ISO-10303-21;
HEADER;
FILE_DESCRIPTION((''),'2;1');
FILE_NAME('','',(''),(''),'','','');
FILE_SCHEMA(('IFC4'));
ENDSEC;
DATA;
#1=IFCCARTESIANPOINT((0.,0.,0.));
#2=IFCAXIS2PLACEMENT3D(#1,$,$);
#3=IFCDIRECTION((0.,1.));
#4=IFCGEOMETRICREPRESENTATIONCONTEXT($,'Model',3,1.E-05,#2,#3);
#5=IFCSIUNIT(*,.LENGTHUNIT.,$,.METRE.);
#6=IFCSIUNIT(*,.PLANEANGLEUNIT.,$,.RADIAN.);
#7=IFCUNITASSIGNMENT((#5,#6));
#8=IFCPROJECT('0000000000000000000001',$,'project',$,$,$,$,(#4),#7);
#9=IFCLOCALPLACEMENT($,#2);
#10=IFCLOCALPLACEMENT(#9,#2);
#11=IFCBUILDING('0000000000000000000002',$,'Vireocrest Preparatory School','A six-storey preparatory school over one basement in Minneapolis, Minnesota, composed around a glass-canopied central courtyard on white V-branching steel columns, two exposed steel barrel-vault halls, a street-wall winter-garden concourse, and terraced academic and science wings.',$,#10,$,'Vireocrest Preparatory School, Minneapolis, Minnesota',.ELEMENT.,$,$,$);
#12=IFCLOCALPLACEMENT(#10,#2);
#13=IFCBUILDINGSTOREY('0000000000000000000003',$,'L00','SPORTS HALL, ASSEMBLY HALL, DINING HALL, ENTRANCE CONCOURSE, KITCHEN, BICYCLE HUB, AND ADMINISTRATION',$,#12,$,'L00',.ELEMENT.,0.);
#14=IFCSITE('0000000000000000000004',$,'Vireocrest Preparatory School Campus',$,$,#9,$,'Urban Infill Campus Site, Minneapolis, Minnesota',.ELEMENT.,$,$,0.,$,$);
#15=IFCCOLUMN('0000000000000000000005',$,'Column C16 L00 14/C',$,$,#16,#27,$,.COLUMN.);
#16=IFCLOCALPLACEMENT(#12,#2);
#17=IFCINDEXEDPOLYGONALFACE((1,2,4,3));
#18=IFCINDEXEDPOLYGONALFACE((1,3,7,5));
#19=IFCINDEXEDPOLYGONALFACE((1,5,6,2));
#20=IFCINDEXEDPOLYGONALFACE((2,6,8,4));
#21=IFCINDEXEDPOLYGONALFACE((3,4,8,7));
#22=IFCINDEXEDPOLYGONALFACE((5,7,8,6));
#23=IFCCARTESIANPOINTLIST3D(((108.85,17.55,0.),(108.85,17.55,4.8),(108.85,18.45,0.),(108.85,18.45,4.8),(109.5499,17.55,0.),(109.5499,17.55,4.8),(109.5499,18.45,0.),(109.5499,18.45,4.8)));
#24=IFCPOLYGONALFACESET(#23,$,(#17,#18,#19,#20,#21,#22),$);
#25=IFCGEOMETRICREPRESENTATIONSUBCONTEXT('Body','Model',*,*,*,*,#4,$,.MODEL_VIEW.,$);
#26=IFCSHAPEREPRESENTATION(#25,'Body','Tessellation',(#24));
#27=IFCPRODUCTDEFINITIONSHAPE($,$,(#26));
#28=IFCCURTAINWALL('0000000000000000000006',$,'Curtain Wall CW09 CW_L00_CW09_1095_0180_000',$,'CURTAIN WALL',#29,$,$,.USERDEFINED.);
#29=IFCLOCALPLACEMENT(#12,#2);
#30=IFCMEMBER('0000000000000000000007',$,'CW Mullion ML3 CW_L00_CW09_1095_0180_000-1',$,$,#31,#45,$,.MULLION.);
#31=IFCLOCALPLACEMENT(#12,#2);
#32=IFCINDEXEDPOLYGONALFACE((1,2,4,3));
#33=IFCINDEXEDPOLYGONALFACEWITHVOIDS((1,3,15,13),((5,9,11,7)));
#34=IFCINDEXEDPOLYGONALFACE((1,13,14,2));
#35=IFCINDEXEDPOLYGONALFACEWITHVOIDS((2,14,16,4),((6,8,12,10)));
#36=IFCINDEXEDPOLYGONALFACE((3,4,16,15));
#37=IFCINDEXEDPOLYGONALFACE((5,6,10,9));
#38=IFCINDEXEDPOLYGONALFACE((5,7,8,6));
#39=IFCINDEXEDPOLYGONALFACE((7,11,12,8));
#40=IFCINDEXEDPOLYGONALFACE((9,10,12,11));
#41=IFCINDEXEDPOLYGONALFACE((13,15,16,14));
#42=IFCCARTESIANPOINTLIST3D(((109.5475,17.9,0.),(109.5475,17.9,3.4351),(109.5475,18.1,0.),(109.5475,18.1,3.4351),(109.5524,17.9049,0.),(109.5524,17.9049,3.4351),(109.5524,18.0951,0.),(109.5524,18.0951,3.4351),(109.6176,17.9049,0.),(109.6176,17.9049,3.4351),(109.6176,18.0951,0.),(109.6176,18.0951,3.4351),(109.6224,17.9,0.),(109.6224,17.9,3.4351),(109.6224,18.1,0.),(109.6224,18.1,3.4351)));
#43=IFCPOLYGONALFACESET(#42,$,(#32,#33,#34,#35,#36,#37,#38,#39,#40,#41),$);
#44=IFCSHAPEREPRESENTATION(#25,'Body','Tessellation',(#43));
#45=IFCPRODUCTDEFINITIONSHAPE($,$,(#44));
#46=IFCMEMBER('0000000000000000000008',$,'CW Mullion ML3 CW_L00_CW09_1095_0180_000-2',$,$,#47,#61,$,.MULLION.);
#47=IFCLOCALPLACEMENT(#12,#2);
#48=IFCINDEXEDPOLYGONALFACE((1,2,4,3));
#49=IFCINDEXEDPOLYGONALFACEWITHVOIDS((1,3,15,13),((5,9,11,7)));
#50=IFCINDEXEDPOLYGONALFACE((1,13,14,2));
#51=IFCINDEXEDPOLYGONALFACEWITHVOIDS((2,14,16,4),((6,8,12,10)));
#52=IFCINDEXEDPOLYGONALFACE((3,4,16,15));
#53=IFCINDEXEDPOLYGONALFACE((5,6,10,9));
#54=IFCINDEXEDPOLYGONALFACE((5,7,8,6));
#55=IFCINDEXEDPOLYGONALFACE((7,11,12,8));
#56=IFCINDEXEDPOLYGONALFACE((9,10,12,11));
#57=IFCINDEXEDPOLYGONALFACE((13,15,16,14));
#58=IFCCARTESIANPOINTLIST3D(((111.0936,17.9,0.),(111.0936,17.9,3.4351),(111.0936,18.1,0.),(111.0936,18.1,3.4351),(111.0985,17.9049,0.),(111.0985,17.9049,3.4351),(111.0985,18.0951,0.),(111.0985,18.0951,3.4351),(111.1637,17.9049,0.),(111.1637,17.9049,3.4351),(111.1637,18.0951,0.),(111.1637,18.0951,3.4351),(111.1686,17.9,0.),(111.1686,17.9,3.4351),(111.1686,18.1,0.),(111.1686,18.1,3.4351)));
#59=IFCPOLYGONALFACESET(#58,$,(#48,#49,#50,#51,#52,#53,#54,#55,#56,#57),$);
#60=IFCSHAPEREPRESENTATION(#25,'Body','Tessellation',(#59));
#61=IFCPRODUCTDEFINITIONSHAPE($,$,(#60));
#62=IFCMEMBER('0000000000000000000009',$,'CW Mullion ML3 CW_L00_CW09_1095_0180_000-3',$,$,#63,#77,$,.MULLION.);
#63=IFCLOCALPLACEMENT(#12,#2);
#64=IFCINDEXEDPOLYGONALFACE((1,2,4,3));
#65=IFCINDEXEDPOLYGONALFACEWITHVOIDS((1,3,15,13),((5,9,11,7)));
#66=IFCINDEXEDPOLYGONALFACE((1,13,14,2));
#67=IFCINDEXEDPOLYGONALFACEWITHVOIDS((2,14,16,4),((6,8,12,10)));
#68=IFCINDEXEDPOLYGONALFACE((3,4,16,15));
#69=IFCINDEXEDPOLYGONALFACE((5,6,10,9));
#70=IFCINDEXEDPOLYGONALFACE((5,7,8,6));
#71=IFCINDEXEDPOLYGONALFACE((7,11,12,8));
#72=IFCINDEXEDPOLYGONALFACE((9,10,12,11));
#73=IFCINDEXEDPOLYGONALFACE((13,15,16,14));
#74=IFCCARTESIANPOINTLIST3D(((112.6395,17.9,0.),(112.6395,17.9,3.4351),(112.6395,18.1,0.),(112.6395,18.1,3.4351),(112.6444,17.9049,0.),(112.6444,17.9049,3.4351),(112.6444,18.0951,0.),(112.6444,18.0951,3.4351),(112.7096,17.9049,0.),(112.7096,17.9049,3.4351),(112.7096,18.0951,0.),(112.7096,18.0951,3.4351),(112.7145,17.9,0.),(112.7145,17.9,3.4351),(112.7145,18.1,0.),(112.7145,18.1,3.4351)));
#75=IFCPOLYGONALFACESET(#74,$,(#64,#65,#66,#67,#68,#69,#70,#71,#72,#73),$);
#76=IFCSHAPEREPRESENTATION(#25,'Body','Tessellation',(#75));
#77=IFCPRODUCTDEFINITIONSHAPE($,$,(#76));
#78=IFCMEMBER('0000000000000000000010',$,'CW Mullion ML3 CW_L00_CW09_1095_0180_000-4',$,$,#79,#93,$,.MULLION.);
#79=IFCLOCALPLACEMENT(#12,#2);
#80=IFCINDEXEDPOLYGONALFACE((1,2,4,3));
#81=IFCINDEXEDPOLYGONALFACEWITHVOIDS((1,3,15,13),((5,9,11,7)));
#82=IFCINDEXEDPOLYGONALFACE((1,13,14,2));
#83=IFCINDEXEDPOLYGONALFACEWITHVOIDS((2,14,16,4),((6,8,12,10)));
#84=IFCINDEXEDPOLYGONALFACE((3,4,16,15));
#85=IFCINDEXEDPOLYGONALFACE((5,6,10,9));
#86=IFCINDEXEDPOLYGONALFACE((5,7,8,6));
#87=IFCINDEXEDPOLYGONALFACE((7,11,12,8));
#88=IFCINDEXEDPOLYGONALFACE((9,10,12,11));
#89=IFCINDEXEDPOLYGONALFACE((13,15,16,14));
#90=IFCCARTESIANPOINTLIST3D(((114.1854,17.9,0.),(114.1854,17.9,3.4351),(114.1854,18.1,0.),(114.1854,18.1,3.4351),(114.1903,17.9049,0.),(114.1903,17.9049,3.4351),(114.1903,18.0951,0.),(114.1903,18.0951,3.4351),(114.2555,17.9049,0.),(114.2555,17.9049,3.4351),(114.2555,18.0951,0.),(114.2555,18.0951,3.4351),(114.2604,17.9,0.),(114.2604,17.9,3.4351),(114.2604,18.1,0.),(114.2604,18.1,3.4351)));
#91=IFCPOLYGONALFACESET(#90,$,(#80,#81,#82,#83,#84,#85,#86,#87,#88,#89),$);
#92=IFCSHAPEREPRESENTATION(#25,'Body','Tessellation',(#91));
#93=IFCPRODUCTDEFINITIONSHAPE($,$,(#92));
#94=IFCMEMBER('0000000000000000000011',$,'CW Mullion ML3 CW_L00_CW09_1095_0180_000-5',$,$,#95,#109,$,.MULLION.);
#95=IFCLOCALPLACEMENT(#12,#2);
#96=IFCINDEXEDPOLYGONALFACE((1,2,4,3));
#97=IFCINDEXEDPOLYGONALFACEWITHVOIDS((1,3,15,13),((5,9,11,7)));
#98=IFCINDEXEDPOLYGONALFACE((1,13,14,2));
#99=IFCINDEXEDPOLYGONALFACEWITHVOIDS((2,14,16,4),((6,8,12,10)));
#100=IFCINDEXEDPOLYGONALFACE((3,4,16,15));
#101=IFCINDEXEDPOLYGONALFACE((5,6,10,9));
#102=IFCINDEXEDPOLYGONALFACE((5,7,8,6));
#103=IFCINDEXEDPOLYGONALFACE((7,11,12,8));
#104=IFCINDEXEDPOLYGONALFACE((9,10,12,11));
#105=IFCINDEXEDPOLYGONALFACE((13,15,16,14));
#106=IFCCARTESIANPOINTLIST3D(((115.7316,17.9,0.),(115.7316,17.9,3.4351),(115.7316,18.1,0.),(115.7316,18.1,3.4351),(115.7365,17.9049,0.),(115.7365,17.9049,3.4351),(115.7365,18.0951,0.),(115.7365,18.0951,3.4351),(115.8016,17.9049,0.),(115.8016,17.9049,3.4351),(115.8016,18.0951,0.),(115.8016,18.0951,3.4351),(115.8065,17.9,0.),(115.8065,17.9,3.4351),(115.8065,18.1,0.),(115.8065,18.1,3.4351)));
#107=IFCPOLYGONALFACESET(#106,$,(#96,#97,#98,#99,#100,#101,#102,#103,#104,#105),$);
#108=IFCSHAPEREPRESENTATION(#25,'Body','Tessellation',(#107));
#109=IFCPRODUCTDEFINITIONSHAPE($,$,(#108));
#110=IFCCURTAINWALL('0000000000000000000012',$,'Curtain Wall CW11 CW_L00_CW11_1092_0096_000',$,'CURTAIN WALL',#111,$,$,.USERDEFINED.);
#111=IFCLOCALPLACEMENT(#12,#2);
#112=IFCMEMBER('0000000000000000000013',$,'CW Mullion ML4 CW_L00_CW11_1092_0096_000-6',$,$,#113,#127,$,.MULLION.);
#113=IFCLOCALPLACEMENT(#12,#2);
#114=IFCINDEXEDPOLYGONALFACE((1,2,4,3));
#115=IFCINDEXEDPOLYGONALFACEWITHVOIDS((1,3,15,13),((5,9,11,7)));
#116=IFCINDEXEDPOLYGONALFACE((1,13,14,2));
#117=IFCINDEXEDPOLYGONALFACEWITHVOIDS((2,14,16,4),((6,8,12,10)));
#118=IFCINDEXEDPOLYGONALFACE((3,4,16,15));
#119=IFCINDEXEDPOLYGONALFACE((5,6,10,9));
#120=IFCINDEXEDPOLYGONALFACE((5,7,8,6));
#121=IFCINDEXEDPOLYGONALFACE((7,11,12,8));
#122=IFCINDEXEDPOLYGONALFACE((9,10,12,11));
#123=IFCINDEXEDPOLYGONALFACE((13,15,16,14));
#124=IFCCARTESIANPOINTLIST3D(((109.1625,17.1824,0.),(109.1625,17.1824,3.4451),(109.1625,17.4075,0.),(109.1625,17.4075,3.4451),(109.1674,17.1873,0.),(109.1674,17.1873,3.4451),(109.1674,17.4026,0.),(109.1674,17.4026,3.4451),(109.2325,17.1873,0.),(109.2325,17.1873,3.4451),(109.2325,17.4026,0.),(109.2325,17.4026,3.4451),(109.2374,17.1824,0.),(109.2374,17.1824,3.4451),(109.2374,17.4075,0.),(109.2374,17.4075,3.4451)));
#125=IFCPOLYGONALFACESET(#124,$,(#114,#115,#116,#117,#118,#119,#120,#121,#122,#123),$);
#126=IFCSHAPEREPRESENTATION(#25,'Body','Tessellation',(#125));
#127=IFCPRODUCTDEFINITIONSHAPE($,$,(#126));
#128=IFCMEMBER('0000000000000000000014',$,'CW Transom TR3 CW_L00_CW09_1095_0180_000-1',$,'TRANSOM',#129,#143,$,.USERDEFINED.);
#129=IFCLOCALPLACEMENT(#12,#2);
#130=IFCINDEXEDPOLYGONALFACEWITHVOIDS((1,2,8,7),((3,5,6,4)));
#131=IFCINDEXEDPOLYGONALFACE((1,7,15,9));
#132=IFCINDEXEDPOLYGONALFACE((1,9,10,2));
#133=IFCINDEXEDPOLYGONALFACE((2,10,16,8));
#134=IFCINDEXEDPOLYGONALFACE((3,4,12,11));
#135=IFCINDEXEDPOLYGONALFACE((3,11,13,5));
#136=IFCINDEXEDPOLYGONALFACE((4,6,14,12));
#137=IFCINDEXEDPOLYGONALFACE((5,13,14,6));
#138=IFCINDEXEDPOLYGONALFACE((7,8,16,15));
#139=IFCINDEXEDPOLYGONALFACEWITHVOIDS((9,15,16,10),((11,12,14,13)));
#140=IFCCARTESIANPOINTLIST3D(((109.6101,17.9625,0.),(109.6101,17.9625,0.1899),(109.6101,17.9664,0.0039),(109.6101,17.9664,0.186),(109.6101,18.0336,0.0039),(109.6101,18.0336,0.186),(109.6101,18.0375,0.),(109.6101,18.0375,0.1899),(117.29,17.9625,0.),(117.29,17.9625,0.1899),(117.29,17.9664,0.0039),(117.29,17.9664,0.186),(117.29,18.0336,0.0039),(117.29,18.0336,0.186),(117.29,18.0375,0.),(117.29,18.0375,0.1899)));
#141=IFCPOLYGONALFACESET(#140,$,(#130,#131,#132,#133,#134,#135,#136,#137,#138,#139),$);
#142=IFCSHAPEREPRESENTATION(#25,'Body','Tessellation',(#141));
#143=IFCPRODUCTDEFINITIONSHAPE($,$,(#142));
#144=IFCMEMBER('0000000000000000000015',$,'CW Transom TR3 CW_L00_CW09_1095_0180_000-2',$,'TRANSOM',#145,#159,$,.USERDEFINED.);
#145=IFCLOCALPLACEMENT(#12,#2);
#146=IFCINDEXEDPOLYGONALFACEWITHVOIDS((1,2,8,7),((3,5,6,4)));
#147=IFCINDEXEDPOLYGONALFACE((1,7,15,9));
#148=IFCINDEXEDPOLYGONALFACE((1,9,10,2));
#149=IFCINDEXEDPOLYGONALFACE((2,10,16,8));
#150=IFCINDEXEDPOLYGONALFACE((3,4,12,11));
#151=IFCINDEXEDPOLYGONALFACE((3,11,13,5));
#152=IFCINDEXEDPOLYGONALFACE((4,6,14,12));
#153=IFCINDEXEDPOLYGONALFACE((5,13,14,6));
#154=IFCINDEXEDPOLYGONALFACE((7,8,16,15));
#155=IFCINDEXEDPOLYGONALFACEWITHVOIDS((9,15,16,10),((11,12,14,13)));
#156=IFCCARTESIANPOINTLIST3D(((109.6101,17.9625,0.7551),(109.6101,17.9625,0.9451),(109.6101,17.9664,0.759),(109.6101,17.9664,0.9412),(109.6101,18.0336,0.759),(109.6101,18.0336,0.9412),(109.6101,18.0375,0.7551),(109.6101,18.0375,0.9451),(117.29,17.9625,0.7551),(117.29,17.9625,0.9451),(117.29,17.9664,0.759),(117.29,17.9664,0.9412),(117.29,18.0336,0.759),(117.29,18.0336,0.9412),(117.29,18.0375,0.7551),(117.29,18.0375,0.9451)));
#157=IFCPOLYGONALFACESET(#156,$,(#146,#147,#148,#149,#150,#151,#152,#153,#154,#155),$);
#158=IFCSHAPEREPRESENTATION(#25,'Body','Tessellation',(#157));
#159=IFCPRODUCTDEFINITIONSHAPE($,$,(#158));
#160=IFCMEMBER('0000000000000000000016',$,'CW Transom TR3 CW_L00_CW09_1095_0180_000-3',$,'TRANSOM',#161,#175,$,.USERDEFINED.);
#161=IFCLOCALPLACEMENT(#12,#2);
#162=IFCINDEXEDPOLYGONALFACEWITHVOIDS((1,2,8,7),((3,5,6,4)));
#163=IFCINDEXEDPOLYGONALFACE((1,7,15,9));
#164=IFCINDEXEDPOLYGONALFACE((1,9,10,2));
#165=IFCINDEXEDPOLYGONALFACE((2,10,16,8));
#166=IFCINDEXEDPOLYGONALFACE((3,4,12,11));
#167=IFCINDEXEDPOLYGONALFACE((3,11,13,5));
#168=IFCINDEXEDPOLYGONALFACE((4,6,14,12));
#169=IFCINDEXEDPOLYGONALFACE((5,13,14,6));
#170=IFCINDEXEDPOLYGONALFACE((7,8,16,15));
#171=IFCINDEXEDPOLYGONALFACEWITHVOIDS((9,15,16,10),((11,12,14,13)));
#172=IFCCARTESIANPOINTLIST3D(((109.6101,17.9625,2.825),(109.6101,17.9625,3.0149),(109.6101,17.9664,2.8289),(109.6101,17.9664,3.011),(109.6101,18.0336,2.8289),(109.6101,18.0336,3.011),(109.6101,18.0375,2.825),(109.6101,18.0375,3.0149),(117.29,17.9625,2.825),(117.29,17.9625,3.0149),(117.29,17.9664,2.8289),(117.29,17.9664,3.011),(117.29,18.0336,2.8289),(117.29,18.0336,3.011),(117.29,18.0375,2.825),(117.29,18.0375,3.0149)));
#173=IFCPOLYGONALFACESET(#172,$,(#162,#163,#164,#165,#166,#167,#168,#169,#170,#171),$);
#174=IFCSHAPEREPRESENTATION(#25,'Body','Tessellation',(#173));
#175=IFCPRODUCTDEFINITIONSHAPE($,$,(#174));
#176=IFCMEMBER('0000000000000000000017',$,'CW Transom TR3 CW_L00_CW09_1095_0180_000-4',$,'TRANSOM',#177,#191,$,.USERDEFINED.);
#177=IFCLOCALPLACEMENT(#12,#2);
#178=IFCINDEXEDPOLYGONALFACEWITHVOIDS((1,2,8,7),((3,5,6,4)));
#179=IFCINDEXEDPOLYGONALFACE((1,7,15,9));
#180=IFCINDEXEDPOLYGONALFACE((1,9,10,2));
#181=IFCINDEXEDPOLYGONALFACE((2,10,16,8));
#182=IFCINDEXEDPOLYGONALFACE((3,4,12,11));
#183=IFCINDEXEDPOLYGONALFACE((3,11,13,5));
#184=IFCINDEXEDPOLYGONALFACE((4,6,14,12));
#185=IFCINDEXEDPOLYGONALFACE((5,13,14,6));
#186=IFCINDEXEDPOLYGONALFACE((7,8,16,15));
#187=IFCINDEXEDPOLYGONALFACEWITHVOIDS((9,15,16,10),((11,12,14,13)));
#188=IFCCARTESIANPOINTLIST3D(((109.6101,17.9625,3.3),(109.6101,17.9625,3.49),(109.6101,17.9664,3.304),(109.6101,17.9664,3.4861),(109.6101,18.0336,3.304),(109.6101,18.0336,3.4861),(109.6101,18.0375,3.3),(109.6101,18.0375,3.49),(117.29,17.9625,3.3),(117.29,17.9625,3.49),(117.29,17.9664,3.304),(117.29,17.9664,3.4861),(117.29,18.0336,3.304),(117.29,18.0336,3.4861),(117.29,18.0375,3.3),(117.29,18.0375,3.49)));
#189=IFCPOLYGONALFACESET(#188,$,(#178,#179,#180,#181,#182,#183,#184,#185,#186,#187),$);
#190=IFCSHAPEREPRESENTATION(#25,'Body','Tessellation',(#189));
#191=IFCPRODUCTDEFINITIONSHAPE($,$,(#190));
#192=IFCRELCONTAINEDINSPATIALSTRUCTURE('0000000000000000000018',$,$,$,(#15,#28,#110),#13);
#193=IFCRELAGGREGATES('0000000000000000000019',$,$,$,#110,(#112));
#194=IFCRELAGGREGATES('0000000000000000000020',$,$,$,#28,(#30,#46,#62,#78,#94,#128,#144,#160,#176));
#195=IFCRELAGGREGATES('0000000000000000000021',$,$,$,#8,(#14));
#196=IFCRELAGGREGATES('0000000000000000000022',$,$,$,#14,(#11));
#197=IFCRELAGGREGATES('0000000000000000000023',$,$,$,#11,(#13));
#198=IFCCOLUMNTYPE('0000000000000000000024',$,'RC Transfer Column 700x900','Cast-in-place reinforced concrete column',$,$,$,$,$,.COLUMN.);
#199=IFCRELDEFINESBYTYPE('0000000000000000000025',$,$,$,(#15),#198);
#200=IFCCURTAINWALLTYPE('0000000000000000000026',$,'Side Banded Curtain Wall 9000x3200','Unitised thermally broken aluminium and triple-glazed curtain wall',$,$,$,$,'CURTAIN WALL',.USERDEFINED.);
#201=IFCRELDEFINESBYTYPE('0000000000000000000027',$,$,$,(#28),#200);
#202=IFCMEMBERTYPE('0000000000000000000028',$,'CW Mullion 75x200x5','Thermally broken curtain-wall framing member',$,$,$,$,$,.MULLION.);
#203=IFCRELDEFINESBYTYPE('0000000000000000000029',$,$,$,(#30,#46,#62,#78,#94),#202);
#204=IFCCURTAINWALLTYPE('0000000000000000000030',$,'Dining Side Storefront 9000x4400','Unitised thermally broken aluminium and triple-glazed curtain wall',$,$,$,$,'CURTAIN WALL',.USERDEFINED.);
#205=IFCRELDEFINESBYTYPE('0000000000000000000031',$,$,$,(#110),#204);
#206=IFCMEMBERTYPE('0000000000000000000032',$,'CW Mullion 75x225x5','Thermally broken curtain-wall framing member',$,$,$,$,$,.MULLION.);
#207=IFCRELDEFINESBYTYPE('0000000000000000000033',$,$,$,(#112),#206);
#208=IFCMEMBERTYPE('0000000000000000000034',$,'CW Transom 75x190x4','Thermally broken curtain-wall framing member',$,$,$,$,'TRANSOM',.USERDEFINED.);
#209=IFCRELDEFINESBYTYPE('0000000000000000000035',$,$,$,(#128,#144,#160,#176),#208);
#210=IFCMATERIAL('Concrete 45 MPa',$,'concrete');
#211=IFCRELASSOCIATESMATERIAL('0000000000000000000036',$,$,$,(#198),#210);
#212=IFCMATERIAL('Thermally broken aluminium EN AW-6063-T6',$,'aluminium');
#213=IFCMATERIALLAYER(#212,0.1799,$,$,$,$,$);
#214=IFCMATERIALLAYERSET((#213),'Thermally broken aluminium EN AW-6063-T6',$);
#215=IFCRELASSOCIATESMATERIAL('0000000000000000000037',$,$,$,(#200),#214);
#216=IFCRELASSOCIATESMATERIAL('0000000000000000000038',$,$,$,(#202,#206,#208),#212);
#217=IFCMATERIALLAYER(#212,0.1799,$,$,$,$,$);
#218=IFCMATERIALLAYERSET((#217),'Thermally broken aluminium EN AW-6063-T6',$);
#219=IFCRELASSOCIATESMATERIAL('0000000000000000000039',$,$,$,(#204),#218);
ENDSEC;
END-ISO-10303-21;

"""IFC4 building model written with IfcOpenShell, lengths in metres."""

from ifc_helpers import new_model, si_unit, direction, frame, origin, origin_2d, place, context, subcontext, project, spatial, rectangle, hollow_rectangle, extrude, material, layer, layer_set, material_profile, profile_set, type_object, element, aggregate, save


model = new_model("IFC4")

# Units and contexts
model_context = context("Model", 3, precision=1e-05, world=origin(), true_north=direction((0.0, 1.0)))
body_context = subcontext(model_context, "Body", "Model", "MODEL_VIEW")
ifc_project = project(units=[si_unit("LENGTHUNIT", "METRE"), si_unit("PLANEANGLEUNIT", "RADIAN")], contexts=[model_context])

# Site, building, storey
site_placement = place(None, origin())
site = spatial("IfcSite", under=ifc_project, at=site_placement, Name="Vireocrest Preparatory School Campus", LongName="Urban Infill Campus Site, Minneapolis, Minnesota", CompositionType="ELEMENT", RefElevation=0.0)
building_placement = place(site_placement, origin())
building = spatial("IfcBuilding", under=site, at=building_placement, Name="Vireocrest Preparatory School", Description="A six-storey preparatory school over one basement in Minneapolis, Minnesota, composed around a glass-canopied central courtyard on white V-branching steel columns, two exposed steel barrel-vault halls, a street-wall winter-garden concourse, and terraced academic and science wings.", LongName="Vireocrest Preparatory School, Minneapolis, Minnesota", CompositionType="ELEMENT")
storey_placement = place(building_placement, origin())
storey = spatial("IfcBuildingStorey", under=building, at=storey_placement, Name="L00", Description="SPORTS HALL, ASSEMBLY HALL, DINING HALL, ENTRANCE CONCOURSE, KITCHEN, BICYCLE HUB, AND ADMINISTRATION", LongName="L00", CompositionType="ELEMENT", Elevation=0.0)

# Column
ifc_material_1 = material(Name="Concrete 45 MPa", Category="concrete")
ifc_material_profile_1 = material_profile(ifc_material_1, rectangle(XDim=0.7, YDim=0.8999, at=origin_2d()), Name="RC 700x900")
ifc_profile_set_1 = profile_set([ifc_material_profile_1], Name="Concrete 45 MPa")
column_type = type_object("IfcColumnType", Name="RC Transfer Column 700x900", Description="Cast-in-place reinforced concrete column", PredefinedType="COLUMN", material=ifc_profile_set_1)
column_placement = place(storey_placement, frame((109.2, 18.0, 0.0), z_axis=(0.0, 0.0, 1.0), x_axis=(1.0, 0.0, 0.0)))
element("IfcColumn", 1, at=column_placement, inside=storey, type_object=column_type, Name="Column C16 L00 14/C", PredefinedType="COLUMN", context=body_context, shape_type="SweptSolid", body=[
    extrude(rectangle(XDim=0.7, YDim=0.8999, at=origin_2d()), origin(), (0.0, 0.0, 1.0), 4.8),
])

# Curtain wall, members
ifc_material_2 = material(Name="Thermally broken aluminium EN AW-6063-T6", Category="aluminium")
ifc_layer_1 = layer(ifc_material_2, 0.1799)
ifc_layer_set_1 = layer_set([ifc_layer_1], Name="Thermally broken aluminium EN AW-6063-T6")
curtain_wall_type_1 = type_object("IfcCurtainWallType", Name="Side Banded Curtain Wall 9000x3200", Description="Unitised thermally broken aluminium and triple-glazed curtain wall", ElementType="CURTAIN WALL", PredefinedType="USERDEFINED", material=ifc_layer_set_1)
curtain_wall_1_placement = place(storey_placement, origin())
curtain_wall_1 = element("IfcCurtainWall", 2, at=curtain_wall_1_placement, inside=storey, type_object=curtain_wall_type_1, Name="Curtain Wall CW09 CW_L00_CW09_1095_0180_000", ObjectType="CURTAIN WALL", PredefinedType="USERDEFINED")
ifc_material_profile_2 = material_profile(ifc_material_2, hollow_rectangle(XDim=0.075, YDim=0.2, WallThickness=0.0049, at=origin_2d()), Name="ALU 75x200x5")
ifc_profile_set_2 = profile_set([ifc_material_profile_2], Name="Thermally broken aluminium EN AW-6063-T6")
member_type_1 = type_object("IfcMemberType", Name="CW Mullion 75x200x5", Description="Thermally broken curtain-wall framing member", PredefinedType="MULLION", material=ifc_profile_set_2)
member_1_placement = place(storey_placement, frame((109.585, 18.0, 0.0), z_axis=(0.0, 0.0, 1.0), x_axis=(1.0, 0.0, 0.0)))
member_1 = element("IfcMember", 3, at=member_1_placement, type_object=member_type_1, Name="CW Mullion ML3 CW_L00_CW09_1095_0180_000-1", PredefinedType="MULLION", context=body_context, shape_type="SweptSolid", body=[
    extrude(hollow_rectangle(XDim=0.075, YDim=0.2, WallThickness=0.0049, at=origin_2d()), origin(), (0.0, 0.0, 1.0), 3.4351),
])
member_2_placement = place(storey_placement, frame((111.1311, 18.0, 0.0), z_axis=(0.0, 0.0, 1.0), x_axis=(1.0, 0.0, 0.0)))
member_2 = element("IfcMember", 4, at=member_2_placement, type_object=member_type_1, Name="CW Mullion ML3 CW_L00_CW09_1095_0180_000-2", PredefinedType="MULLION", context=body_context, shape_type="SweptSolid", body=[
    extrude(hollow_rectangle(XDim=0.075, YDim=0.2, WallThickness=0.0049, at=origin_2d()), origin(), (0.0, 0.0, 1.0), 3.4351),
])
member_3_placement = place(storey_placement, frame((112.677, 18.0, 0.0), z_axis=(0.0, 0.0, 1.0), x_axis=(1.0, 0.0, 0.0)))
member_3 = element("IfcMember", 5, at=member_3_placement, type_object=member_type_1, Name="CW Mullion ML3 CW_L00_CW09_1095_0180_000-3", PredefinedType="MULLION", context=body_context, shape_type="SweptSolid", body=[
    extrude(hollow_rectangle(XDim=0.075, YDim=0.2, WallThickness=0.0049, at=origin_2d()), origin(), (0.0, 0.0, 1.0), 3.4351),
])
member_4_placement = place(storey_placement, frame((114.2229, 18.0, 0.0), z_axis=(0.0, 0.0, 1.0), x_axis=(1.0, 0.0, 0.0)))
member_4 = element("IfcMember", 6, at=member_4_placement, type_object=member_type_1, Name="CW Mullion ML3 CW_L00_CW09_1095_0180_000-4", PredefinedType="MULLION", context=body_context, shape_type="SweptSolid", body=[
    extrude(hollow_rectangle(XDim=0.075, YDim=0.2, WallThickness=0.0049, at=origin_2d()), origin(), (0.0, 0.0, 1.0), 3.4351),
])
member_5_placement = place(storey_placement, frame((115.769, 18.0, 0.0), z_axis=(0.0, 0.0, 1.0), x_axis=(1.0, 0.0, 0.0)))
member_5 = element("IfcMember", 7, at=member_5_placement, type_object=member_type_1, Name="CW Mullion ML3 CW_L00_CW09_1095_0180_000-5", PredefinedType="MULLION", context=body_context, shape_type="SweptSolid", body=[
    extrude(hollow_rectangle(XDim=0.075, YDim=0.2, WallThickness=0.0049, at=origin_2d()), origin(), (0.0, 0.0, 1.0), 3.4351),
])

# Curtain wall, member
ifc_layer_2 = layer(ifc_material_2, 0.1799)
ifc_layer_set_2 = layer_set([ifc_layer_2], Name="Thermally broken aluminium EN AW-6063-T6")
curtain_wall_type_2 = type_object("IfcCurtainWallType", Name="Dining Side Storefront 9000x4400", Description="Unitised thermally broken aluminium and triple-glazed curtain wall", ElementType="CURTAIN WALL", PredefinedType="USERDEFINED", material=ifc_layer_set_2)
curtain_wall_2_placement = place(storey_placement, origin())
curtain_wall_2 = element("IfcCurtainWall", 8, at=curtain_wall_2_placement, inside=storey, type_object=curtain_wall_type_2, Name="Curtain Wall CW11 CW_L00_CW11_1092_0096_000", ObjectType="CURTAIN WALL", PredefinedType="USERDEFINED")
ifc_material_profile_3 = material_profile(ifc_material_2, hollow_rectangle(XDim=0.075, YDim=0.2251, WallThickness=0.0049, at=origin_2d()), Name="ALU 75x225x5")
ifc_profile_set_3 = profile_set([ifc_material_profile_3], Name="Thermally broken aluminium EN AW-6063-T6")
member_type_2 = type_object("IfcMemberType", Name="CW Mullion 75x225x5", Description="Thermally broken curtain-wall framing member", PredefinedType="MULLION", material=ifc_profile_set_3)
member_6_placement = place(storey_placement, frame((109.2, 17.2949, 0.0), z_axis=(0.0, 0.0, 1.0), x_axis=(1.0, 0.0, 0.0)))
member_6 = element("IfcMember", 9, at=member_6_placement, type_object=member_type_2, Name="CW Mullion ML4 CW_L00_CW11_1092_0096_000-6", PredefinedType="MULLION", context=body_context, shape_type="SweptSolid", body=[
    extrude(hollow_rectangle(XDim=0.075, YDim=0.2251, WallThickness=0.0049, at=origin_2d()), origin(), (0.0, 0.0, 1.0), 3.4451),
])
aggregate(curtain_wall_2, [member_6])

# Members
ifc_material_profile_4 = material_profile(ifc_material_2, hollow_rectangle(XDim=0.075, YDim=0.1899, WallThickness=0.0039, at=origin_2d()), Name="ALU 75x190x4")
ifc_profile_set_4 = profile_set([ifc_material_profile_4], Name="Thermally broken aluminium EN AW-6063-T6")
member_type_3 = type_object("IfcMemberType", Name="CW Transom 75x190x4", Description="Thermally broken curtain-wall framing member", ElementType="TRANSOM", PredefinedType="USERDEFINED", material=ifc_profile_set_4)
member_7_placement = place(storey_placement, frame((109.6101, 18.0, 0.095), z_axis=(1.0, 0.0, 0.0), x_axis=(0.0, 1.0, 0.0)))
member_7 = element("IfcMember", 10, at=member_7_placement, type_object=member_type_3, Name="CW Transom TR3 CW_L00_CW09_1095_0180_000-1", ObjectType="TRANSOM", PredefinedType="USERDEFINED", context=body_context, shape_type="SweptSolid", body=[
    extrude(hollow_rectangle(XDim=0.075, YDim=0.1899, WallThickness=0.0039, at=origin_2d()), origin(), (0.0, 0.0, 1.0), 7.6799),
])
member_8_placement = place(storey_placement, frame((109.6101, 18.0, 0.8501), z_axis=(1.0, 0.0, 0.0), x_axis=(0.0, 1.0, 0.0)))
member_8 = element("IfcMember", 11, at=member_8_placement, type_object=member_type_3, Name="CW Transom TR3 CW_L00_CW09_1095_0180_000-2", ObjectType="TRANSOM", PredefinedType="USERDEFINED", context=body_context, shape_type="SweptSolid", body=[
    extrude(hollow_rectangle(XDim=0.075, YDim=0.1899, WallThickness=0.0039, at=origin_2d()), origin(), (0.0, 0.0, 1.0), 7.6799),
])
member_9_placement = place(storey_placement, frame((109.6101, 18.0, 2.9199), z_axis=(1.0, 0.0, 0.0), x_axis=(0.0, 1.0, 0.0)))
member_9 = element("IfcMember", 12, at=member_9_placement, type_object=member_type_3, Name="CW Transom TR3 CW_L00_CW09_1095_0180_000-3", ObjectType="TRANSOM", PredefinedType="USERDEFINED", context=body_context, shape_type="SweptSolid", body=[
    extrude(hollow_rectangle(XDim=0.075, YDim=0.1899, WallThickness=0.0039, at=origin_2d()), origin(), (0.0, 0.0, 1.0), 7.6799),
])
member_10_placement = place(storey_placement, frame((109.6101, 18.0, 3.395), z_axis=(1.0, 0.0, 0.0), x_axis=(0.0, 1.0, 0.0)))
member_10 = element("IfcMember", 13, at=member_10_placement, type_object=member_type_3, Name="CW Transom TR3 CW_L00_CW09_1095_0180_000-4", ObjectType="TRANSOM", PredefinedType="USERDEFINED", context=body_context, shape_type="SweptSolid", body=[
    extrude(hollow_rectangle(XDim=0.075, YDim=0.1899, WallThickness=0.0039, at=origin_2d()), origin(), (0.0, 0.0, 1.0), 7.6799),
])

aggregate(curtain_wall_1, [member_1, member_2, member_3, member_4, member_5, member_7, member_8, member_9, member_10])

save(model, "model.ifc")
